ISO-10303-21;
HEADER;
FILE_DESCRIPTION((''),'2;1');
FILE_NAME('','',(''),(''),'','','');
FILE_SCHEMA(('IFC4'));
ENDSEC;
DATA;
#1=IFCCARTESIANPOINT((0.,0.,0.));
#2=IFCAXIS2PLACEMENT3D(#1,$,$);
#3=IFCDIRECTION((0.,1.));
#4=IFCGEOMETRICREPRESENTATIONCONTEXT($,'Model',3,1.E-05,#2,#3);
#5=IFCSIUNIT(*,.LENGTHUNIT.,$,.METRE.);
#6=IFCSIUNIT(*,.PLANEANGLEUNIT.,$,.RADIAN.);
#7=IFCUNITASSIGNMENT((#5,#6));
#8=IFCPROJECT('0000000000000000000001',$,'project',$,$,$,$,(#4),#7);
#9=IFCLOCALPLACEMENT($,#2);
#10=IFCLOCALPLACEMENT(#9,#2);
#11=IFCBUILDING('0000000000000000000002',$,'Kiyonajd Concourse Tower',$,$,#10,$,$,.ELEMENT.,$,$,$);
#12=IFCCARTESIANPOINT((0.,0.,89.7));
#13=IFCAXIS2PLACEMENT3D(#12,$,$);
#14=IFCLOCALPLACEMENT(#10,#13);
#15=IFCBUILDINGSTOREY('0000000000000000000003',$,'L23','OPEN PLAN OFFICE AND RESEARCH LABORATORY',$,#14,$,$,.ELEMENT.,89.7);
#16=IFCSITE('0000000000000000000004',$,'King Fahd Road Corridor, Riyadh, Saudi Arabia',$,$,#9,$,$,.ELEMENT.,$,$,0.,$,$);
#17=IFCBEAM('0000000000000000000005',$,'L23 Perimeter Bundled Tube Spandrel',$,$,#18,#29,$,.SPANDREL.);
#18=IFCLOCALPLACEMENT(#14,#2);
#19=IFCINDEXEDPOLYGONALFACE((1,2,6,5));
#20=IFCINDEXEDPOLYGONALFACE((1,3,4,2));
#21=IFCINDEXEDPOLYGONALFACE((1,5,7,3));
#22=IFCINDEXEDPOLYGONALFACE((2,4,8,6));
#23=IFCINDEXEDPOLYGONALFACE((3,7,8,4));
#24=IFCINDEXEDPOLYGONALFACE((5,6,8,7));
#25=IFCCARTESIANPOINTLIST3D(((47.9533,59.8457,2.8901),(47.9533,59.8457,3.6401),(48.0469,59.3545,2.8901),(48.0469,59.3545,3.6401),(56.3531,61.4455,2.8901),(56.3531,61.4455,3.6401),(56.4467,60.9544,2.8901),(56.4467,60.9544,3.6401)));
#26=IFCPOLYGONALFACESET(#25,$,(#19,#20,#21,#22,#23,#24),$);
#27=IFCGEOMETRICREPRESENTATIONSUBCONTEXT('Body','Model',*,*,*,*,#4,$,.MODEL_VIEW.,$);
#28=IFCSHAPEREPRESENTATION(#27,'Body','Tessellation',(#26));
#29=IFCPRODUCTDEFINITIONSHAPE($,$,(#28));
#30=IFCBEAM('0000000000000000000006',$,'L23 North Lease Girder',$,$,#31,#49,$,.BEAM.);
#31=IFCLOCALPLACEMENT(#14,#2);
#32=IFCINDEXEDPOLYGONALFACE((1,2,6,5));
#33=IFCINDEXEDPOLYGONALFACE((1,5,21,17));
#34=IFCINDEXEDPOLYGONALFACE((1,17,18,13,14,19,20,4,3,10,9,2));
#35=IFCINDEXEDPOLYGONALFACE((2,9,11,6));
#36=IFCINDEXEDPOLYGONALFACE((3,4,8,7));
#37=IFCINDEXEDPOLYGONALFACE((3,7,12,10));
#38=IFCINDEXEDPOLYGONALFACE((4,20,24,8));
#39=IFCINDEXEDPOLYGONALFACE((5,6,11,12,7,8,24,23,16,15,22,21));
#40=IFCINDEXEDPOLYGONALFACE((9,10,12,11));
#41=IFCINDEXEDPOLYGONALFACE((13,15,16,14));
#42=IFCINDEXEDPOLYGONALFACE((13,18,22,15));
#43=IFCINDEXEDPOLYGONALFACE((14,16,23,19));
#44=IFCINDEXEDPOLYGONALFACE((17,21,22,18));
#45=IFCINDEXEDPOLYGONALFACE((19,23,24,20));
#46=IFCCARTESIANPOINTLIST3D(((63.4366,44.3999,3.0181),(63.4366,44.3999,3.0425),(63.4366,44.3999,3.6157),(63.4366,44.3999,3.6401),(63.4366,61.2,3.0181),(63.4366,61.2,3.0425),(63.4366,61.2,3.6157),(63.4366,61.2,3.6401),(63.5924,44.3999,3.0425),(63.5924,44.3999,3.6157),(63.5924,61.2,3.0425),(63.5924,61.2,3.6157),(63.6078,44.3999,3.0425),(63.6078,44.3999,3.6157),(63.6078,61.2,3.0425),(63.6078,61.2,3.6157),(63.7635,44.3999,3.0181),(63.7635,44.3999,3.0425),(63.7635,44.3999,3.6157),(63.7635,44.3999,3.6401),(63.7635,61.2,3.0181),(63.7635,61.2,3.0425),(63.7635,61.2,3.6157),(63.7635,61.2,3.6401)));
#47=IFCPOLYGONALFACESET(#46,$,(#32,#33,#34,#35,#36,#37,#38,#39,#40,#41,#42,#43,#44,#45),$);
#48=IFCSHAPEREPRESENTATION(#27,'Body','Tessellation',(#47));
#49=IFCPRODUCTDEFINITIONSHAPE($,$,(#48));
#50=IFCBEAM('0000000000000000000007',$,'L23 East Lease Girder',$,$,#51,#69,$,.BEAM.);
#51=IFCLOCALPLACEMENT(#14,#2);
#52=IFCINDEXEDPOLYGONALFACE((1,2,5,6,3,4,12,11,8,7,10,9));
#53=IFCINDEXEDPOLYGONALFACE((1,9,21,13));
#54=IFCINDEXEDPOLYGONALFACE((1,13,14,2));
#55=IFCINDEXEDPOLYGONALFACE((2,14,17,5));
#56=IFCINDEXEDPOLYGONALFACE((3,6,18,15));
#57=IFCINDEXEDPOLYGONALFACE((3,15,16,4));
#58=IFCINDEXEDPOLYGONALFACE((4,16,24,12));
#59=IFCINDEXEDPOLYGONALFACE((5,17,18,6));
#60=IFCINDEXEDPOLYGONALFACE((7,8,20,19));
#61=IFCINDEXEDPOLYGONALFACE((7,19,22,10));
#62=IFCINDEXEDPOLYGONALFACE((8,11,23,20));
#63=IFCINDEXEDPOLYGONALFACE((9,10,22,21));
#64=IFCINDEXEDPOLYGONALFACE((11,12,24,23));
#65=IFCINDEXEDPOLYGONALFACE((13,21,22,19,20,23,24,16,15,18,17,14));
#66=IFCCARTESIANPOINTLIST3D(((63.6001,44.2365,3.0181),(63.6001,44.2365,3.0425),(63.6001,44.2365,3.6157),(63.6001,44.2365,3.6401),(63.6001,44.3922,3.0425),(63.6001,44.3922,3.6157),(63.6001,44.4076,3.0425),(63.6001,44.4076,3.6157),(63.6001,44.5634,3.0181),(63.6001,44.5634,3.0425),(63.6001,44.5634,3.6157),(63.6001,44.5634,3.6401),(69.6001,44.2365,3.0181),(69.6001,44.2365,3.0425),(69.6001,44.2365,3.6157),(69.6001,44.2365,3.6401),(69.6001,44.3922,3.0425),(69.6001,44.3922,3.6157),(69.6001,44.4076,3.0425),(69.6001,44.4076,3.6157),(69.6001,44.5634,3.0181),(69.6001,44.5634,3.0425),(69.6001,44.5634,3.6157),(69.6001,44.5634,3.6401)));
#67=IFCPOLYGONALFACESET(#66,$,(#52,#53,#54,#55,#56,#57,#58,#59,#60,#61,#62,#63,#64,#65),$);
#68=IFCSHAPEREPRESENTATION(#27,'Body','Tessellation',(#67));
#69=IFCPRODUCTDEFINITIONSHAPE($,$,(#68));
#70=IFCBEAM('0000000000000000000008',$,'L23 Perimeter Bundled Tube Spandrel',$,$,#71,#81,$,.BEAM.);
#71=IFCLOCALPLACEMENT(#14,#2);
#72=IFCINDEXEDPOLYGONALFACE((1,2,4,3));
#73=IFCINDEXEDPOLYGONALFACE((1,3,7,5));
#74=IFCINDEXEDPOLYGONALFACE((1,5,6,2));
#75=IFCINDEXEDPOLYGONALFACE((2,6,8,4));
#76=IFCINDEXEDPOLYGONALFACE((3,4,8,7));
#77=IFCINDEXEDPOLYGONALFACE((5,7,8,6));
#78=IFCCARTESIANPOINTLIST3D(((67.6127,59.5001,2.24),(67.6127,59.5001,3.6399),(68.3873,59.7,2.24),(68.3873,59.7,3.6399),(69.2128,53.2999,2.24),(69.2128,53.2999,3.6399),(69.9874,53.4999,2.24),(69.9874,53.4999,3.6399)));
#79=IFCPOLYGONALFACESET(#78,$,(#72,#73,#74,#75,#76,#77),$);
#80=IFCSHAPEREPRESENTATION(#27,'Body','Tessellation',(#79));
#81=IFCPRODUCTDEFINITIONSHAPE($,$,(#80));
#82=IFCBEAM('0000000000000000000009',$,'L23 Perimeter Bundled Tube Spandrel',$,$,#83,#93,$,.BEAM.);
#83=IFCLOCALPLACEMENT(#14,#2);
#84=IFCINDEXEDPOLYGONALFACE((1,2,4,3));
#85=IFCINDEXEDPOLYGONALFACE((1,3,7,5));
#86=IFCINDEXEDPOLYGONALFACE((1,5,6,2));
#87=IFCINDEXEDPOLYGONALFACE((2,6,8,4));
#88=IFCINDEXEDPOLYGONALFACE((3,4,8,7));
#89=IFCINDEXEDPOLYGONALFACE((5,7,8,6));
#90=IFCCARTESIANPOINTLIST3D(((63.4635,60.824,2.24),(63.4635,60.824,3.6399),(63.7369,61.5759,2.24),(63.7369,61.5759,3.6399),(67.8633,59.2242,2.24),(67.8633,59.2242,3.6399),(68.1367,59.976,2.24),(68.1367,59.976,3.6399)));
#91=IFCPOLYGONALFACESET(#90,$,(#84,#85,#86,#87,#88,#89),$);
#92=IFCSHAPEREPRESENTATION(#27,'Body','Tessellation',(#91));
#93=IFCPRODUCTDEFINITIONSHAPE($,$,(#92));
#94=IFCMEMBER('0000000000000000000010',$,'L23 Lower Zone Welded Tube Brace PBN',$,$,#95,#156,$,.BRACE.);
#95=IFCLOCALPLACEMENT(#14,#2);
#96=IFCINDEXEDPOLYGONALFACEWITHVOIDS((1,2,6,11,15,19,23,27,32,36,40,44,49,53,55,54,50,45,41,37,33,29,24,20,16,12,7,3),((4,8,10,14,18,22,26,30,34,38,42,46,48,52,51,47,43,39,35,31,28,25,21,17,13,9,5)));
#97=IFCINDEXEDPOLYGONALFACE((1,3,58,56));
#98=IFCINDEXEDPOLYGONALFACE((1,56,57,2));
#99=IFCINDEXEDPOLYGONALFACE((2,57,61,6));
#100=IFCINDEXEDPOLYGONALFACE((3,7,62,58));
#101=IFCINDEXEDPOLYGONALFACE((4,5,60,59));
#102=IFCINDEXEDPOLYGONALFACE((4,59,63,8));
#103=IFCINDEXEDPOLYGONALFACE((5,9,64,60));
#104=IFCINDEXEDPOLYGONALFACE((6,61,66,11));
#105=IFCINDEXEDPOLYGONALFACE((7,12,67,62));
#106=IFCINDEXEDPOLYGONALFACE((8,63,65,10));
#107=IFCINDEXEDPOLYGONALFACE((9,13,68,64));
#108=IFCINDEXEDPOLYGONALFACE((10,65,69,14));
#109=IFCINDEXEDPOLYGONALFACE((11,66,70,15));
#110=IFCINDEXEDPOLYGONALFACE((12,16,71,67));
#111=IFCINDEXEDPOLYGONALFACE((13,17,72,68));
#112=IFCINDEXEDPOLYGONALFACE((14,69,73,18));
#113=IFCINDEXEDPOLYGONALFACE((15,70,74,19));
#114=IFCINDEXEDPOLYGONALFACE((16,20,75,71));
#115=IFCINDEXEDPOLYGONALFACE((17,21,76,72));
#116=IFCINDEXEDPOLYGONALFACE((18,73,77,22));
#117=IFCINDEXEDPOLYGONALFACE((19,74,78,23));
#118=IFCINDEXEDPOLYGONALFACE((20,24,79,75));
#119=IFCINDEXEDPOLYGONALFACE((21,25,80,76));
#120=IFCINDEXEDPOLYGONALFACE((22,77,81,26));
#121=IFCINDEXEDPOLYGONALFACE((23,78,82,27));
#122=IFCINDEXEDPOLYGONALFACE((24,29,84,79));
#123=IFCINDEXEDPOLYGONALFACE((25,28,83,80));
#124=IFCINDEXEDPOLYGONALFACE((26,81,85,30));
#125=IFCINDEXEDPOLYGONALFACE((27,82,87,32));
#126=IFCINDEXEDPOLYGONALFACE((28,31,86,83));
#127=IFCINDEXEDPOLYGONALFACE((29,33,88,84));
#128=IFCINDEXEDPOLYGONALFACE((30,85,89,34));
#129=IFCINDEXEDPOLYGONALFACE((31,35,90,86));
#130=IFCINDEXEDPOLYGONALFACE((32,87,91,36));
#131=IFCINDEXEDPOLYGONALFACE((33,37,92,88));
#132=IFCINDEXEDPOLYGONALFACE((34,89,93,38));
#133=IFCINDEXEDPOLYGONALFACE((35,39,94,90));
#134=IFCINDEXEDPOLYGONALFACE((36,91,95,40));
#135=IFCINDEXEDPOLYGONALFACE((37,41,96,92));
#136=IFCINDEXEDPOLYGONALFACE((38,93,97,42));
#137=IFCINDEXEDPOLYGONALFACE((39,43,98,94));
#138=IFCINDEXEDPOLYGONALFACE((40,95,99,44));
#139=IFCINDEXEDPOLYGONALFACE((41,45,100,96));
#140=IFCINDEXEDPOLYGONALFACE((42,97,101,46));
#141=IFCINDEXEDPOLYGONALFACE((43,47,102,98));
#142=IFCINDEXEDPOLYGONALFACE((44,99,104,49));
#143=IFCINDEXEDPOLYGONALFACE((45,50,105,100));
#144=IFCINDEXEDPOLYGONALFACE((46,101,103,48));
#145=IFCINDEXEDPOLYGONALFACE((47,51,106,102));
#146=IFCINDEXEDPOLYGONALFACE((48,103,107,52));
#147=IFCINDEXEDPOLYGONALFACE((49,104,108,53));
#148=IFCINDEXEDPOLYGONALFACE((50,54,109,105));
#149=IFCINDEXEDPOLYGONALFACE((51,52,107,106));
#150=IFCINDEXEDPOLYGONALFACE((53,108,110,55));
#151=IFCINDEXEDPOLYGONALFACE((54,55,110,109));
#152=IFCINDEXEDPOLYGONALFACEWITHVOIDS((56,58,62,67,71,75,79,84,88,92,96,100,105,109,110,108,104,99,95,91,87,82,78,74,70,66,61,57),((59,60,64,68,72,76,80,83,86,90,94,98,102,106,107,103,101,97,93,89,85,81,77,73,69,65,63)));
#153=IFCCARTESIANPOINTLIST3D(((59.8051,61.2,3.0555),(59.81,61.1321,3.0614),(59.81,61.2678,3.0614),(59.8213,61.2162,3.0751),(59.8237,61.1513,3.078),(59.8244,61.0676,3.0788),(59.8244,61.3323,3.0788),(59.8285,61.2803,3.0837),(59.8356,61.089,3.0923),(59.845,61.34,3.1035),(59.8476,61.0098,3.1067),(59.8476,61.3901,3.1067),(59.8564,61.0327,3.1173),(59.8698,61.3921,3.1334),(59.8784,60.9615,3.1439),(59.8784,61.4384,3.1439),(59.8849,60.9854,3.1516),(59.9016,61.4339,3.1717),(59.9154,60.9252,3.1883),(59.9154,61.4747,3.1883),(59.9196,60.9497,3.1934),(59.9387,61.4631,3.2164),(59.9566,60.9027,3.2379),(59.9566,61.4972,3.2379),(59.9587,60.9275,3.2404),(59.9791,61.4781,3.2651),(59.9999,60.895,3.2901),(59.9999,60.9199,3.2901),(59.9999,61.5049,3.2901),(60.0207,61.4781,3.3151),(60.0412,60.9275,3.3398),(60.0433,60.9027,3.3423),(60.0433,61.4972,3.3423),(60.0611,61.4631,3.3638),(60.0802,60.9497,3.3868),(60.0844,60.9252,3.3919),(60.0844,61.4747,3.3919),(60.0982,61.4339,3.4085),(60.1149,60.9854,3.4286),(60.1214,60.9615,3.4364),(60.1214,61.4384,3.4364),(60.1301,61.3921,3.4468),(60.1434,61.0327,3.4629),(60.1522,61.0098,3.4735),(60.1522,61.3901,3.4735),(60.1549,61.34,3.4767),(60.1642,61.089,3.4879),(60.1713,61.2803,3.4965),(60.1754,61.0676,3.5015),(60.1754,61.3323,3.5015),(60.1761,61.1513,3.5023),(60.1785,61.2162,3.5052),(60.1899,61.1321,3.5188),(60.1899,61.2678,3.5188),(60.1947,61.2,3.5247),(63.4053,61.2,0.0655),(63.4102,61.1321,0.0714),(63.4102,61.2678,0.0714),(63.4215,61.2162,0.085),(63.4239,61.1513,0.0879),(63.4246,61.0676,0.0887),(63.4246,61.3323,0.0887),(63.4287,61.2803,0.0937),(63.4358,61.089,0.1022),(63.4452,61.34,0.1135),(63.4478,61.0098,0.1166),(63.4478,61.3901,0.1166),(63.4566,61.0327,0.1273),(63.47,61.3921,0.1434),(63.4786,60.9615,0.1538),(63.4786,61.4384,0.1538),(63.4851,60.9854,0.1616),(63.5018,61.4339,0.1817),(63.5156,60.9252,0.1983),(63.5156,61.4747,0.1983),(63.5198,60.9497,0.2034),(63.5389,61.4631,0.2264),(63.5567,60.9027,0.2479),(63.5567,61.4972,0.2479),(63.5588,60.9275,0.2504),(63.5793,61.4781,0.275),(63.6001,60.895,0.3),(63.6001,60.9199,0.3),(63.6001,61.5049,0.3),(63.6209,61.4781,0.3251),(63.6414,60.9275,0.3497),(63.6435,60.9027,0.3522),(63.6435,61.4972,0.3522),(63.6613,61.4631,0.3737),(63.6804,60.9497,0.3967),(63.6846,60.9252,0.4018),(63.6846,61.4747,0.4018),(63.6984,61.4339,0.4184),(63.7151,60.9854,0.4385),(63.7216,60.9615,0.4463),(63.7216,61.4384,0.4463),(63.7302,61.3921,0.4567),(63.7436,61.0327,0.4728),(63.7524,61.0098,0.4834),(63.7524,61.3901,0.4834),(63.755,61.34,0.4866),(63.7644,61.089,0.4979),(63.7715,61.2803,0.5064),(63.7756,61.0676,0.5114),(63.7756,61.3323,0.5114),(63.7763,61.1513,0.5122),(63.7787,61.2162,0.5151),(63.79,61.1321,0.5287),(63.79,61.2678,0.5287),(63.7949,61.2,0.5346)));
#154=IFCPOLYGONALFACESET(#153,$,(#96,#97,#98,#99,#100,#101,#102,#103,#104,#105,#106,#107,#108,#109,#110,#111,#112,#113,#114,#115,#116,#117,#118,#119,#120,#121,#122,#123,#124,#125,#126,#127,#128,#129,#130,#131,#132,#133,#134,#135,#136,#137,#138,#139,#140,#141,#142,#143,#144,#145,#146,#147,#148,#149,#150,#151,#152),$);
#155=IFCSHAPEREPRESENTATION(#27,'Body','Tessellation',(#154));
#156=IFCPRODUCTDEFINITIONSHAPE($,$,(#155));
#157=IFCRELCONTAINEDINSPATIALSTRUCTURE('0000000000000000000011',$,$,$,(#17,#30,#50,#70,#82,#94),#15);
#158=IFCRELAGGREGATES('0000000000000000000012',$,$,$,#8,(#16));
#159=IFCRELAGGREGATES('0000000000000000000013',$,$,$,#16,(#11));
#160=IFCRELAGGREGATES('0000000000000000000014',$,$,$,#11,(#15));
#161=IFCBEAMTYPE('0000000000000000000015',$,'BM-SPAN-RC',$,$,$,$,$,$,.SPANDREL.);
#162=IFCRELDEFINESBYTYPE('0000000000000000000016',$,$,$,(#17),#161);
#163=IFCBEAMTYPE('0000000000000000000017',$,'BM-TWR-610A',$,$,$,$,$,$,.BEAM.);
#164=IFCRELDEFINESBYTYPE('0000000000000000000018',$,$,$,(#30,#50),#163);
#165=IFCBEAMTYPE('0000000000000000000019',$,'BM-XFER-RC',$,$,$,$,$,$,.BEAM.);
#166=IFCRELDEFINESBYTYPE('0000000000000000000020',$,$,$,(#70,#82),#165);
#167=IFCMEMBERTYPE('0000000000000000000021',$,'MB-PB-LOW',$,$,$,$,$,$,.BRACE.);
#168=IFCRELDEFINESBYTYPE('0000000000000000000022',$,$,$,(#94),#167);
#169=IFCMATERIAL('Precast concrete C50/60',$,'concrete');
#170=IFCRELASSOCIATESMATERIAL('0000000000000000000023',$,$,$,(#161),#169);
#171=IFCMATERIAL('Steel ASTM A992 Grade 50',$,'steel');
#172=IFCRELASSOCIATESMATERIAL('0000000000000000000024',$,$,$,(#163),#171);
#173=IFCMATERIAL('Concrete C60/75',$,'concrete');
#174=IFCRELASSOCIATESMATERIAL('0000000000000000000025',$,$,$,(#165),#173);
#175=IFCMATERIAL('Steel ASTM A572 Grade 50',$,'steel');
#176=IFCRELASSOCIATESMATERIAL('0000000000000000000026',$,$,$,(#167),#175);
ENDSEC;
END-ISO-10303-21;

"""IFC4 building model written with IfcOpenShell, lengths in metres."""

from ifc_helpers import new_model, si_unit, direction, frame, origin, origin_2d, place, context, subcontext, project, spatial, rectangle, hollow_circle, i_section, extrude, material, material_profile, profile_set, type_object, element, save


model = new_model("IFC4")

# Units and contexts
model_context = context("Model", 3, precision=1e-05, world=origin(), true_north=direction((0.0, 1.0)))
body_context = subcontext(model_context, "Body", "Model", "MODEL_VIEW")
ifc_project = project(units=[si_unit("LENGTHUNIT", "METRE"), si_unit("PLANEANGLEUNIT", "RADIAN")], contexts=[model_context])

# Site, building, storey
site_placement = place(None, origin())
site = spatial("IfcSite", under=ifc_project, at=site_placement, Name="King Fahd Road Corridor, Riyadh, Saudi Arabia", CompositionType="ELEMENT", RefElevation=0.0)
building_placement = place(site_placement, origin())
building = spatial("IfcBuilding", under=site, at=building_placement, Name="Kiyonajd Concourse Tower", CompositionType="ELEMENT")
storey_placement = place(building_placement, frame((0.0, 0.0, 89.7)))
storey = spatial("IfcBuildingStorey", under=building, at=storey_placement, Name="L23", Description="OPEN PLAN OFFICE AND RESEARCH LABORATORY", CompositionType="ELEMENT", Elevation=89.7)

# Beams
ifc_material_1 = material(Name="Steel ASTM A992 Grade 50", Category="steel")
ifc_material_2 = material(Name="Precast concrete C50/60", Category="concrete")
ifc_material_profile_1 = material_profile(ifc_material_2, rectangle(XDim=0.5, YDim=0.75, at=origin_2d()), Name="RCBM-500x750")
ifc_profile_set_1 = profile_set([ifc_material_profile_1], Name="Precast concrete C50/60")
beam_type_1 = type_object("IfcBeamType", Name="BM-SPAN-RC", PredefinedType="SPANDREL", material=ifc_profile_set_1)
beam_1_placement = place(storey_placement, frame((56.3999, 61.2, 3.2651), z_axis=(-0.982341, -0.187098, 0.0), x_axis=(0.187098, -0.982341, 0.0)))
element("IfcBeam", 1, at=beam_1_placement, inside=storey, type_object=beam_type_1, Name="L23 Perimeter Bundled Tube Spandrel", PredefinedType="SPANDREL", context=body_context, shape_type="SweptSolid", body=[
    extrude(rectangle(XDim=0.5, YDim=0.75, at=origin_2d()), origin(), (0.0, 0.0, 1.0), 8.5508),
])
ifc_material_profile_2 = material_profile(ifc_material_1, i_section(OverallWidth=0.3269, OverallDepth=0.6221, WebThickness=0.0154, FlangeThickness=0.0244, at=origin_2d()), Name="W610X195")
ifc_profile_set_2 = profile_set([ifc_material_profile_2], Name="Steel ASTM A992 Grade 50")
beam_type_2 = type_object("IfcBeamType", Name="BM-TWR-610A", PredefinedType="BEAM", material=ifc_profile_set_2)
beam_2_placement = place(storey_placement, frame((63.6001, 44.3999, 3.3291), z_axis=(0.0, 1.0, 0.0), x_axis=(-1.0, 0.0, 0.0)))
element("IfcBeam", 2, at=beam_2_placement, inside=storey, type_object=beam_type_2, Name="L23 North Lease Girder", PredefinedType="BEAM", context=body_context, shape_type="SweptSolid", body=[
    extrude(i_section(OverallWidth=0.3269, OverallDepth=0.6221, WebThickness=0.0154, FlangeThickness=0.0244, at=origin_2d()), origin(), (0.0, 0.0, 1.0), 16.8),
])
beam_3_placement = place(storey_placement, frame((63.6001, 44.3999, 3.3291), z_axis=(1.0, 0.0, 0.0), x_axis=(0.0, 1.0, 0.0)))
element("IfcBeam", 3, at=beam_3_placement, inside=storey, type_object=beam_type_2, Name="L23 East Lease Girder", PredefinedType="BEAM", context=body_context, shape_type="SweptSolid", body=[
    extrude(i_section(OverallWidth=0.3269, OverallDepth=0.6221, WebThickness=0.0154, FlangeThickness=0.0244, at=origin_2d()), origin(), (0.0, 0.0, 1.0), 6.0),
])
ifc_material_3 = material(Name="Concrete C60/75", Category="concrete")
ifc_material_profile_3 = material_profile(ifc_material_3, rectangle(XDim=0.8, YDim=1.3999, at=origin_2d()), Name="RCBM-800x1400")
ifc_profile_set_3 = profile_set([ifc_material_profile_3], Name="Concrete C60/75")
beam_type_3 = type_object("IfcBeamType", Name="BM-XFER-RC", PredefinedType="BEAM", material=ifc_profile_set_3)
beam_4_placement = place(storey_placement, frame((69.6001, 53.3999, 2.9399), z_axis=(-0.249885, 0.968276, 0.0), x_axis=(-0.968276, -0.249885, 0.0)))
element("IfcBeam", 4, at=beam_4_placement, inside=storey, type_object=beam_type_3, Name="L23 Perimeter Bundled Tube Spandrel", PredefinedType="BEAM", context=body_context, shape_type="SweptSolid", body=[
    extrude(rectangle(XDim=0.8, YDim=1.3999, at=origin_2d()), origin(), (0.0, 0.0, 1.0), 6.4033),
])
beam_5_placement = place(storey_placement, frame((68.0, 59.6001, 2.9399), z_axis=(-0.939801, 0.341722, 0.0), x_axis=(-0.341722, -0.939801, 0.0)))
element("IfcBeam", 5, at=beam_5_placement, inside=storey, type_object=beam_type_3, Name="L23 Perimeter Bundled Tube Spandrel", PredefinedType="BEAM", context=body_context, shape_type="SweptSolid", body=[
    extrude(rectangle(XDim=0.8, YDim=1.3999, at=origin_2d()), origin(), (0.0, 0.0, 1.0), 4.6816),
])

# Member
ifc_material_4 = material(Name="Steel ASTM A572 Grade 50", Category="steel")
ifc_material_profile_4 = material_profile(ifc_material_4, hollow_circle(Radius=0.3049, WallThickness=0.0249, at=origin_2d()), Name="CHS-610x25")
ifc_profile_set_4 = profile_set([ifc_material_profile_4], Name="Steel ASTM A572 Grade 50")
member_type = type_object("IfcMemberType", Name="MB-PB-LOW", PredefinedType="BRACE", material=ifc_profile_set_4)
member_1_placement = place(storey_placement, frame((63.6001, 61.2, 0.3), z_axis=(-0.769281, 0.0, 0.638911), x_axis=(0.0, -1.0, 0.0)))
element("IfcMember", 6, at=member_1_placement, inside=storey, type_object=member_type, Name="L23 Lower Zone Welded Tube Brace PBN", PredefinedType="BRACE", context=body_context, shape_type="SweptSolid", body=[
    extrude(hollow_circle(Radius=0.3049, WallThickness=0.0249, at=origin_2d()), origin(), (0.0, 0.0, 1.0), 4.6799),
])

save(model, "model.ifc")
